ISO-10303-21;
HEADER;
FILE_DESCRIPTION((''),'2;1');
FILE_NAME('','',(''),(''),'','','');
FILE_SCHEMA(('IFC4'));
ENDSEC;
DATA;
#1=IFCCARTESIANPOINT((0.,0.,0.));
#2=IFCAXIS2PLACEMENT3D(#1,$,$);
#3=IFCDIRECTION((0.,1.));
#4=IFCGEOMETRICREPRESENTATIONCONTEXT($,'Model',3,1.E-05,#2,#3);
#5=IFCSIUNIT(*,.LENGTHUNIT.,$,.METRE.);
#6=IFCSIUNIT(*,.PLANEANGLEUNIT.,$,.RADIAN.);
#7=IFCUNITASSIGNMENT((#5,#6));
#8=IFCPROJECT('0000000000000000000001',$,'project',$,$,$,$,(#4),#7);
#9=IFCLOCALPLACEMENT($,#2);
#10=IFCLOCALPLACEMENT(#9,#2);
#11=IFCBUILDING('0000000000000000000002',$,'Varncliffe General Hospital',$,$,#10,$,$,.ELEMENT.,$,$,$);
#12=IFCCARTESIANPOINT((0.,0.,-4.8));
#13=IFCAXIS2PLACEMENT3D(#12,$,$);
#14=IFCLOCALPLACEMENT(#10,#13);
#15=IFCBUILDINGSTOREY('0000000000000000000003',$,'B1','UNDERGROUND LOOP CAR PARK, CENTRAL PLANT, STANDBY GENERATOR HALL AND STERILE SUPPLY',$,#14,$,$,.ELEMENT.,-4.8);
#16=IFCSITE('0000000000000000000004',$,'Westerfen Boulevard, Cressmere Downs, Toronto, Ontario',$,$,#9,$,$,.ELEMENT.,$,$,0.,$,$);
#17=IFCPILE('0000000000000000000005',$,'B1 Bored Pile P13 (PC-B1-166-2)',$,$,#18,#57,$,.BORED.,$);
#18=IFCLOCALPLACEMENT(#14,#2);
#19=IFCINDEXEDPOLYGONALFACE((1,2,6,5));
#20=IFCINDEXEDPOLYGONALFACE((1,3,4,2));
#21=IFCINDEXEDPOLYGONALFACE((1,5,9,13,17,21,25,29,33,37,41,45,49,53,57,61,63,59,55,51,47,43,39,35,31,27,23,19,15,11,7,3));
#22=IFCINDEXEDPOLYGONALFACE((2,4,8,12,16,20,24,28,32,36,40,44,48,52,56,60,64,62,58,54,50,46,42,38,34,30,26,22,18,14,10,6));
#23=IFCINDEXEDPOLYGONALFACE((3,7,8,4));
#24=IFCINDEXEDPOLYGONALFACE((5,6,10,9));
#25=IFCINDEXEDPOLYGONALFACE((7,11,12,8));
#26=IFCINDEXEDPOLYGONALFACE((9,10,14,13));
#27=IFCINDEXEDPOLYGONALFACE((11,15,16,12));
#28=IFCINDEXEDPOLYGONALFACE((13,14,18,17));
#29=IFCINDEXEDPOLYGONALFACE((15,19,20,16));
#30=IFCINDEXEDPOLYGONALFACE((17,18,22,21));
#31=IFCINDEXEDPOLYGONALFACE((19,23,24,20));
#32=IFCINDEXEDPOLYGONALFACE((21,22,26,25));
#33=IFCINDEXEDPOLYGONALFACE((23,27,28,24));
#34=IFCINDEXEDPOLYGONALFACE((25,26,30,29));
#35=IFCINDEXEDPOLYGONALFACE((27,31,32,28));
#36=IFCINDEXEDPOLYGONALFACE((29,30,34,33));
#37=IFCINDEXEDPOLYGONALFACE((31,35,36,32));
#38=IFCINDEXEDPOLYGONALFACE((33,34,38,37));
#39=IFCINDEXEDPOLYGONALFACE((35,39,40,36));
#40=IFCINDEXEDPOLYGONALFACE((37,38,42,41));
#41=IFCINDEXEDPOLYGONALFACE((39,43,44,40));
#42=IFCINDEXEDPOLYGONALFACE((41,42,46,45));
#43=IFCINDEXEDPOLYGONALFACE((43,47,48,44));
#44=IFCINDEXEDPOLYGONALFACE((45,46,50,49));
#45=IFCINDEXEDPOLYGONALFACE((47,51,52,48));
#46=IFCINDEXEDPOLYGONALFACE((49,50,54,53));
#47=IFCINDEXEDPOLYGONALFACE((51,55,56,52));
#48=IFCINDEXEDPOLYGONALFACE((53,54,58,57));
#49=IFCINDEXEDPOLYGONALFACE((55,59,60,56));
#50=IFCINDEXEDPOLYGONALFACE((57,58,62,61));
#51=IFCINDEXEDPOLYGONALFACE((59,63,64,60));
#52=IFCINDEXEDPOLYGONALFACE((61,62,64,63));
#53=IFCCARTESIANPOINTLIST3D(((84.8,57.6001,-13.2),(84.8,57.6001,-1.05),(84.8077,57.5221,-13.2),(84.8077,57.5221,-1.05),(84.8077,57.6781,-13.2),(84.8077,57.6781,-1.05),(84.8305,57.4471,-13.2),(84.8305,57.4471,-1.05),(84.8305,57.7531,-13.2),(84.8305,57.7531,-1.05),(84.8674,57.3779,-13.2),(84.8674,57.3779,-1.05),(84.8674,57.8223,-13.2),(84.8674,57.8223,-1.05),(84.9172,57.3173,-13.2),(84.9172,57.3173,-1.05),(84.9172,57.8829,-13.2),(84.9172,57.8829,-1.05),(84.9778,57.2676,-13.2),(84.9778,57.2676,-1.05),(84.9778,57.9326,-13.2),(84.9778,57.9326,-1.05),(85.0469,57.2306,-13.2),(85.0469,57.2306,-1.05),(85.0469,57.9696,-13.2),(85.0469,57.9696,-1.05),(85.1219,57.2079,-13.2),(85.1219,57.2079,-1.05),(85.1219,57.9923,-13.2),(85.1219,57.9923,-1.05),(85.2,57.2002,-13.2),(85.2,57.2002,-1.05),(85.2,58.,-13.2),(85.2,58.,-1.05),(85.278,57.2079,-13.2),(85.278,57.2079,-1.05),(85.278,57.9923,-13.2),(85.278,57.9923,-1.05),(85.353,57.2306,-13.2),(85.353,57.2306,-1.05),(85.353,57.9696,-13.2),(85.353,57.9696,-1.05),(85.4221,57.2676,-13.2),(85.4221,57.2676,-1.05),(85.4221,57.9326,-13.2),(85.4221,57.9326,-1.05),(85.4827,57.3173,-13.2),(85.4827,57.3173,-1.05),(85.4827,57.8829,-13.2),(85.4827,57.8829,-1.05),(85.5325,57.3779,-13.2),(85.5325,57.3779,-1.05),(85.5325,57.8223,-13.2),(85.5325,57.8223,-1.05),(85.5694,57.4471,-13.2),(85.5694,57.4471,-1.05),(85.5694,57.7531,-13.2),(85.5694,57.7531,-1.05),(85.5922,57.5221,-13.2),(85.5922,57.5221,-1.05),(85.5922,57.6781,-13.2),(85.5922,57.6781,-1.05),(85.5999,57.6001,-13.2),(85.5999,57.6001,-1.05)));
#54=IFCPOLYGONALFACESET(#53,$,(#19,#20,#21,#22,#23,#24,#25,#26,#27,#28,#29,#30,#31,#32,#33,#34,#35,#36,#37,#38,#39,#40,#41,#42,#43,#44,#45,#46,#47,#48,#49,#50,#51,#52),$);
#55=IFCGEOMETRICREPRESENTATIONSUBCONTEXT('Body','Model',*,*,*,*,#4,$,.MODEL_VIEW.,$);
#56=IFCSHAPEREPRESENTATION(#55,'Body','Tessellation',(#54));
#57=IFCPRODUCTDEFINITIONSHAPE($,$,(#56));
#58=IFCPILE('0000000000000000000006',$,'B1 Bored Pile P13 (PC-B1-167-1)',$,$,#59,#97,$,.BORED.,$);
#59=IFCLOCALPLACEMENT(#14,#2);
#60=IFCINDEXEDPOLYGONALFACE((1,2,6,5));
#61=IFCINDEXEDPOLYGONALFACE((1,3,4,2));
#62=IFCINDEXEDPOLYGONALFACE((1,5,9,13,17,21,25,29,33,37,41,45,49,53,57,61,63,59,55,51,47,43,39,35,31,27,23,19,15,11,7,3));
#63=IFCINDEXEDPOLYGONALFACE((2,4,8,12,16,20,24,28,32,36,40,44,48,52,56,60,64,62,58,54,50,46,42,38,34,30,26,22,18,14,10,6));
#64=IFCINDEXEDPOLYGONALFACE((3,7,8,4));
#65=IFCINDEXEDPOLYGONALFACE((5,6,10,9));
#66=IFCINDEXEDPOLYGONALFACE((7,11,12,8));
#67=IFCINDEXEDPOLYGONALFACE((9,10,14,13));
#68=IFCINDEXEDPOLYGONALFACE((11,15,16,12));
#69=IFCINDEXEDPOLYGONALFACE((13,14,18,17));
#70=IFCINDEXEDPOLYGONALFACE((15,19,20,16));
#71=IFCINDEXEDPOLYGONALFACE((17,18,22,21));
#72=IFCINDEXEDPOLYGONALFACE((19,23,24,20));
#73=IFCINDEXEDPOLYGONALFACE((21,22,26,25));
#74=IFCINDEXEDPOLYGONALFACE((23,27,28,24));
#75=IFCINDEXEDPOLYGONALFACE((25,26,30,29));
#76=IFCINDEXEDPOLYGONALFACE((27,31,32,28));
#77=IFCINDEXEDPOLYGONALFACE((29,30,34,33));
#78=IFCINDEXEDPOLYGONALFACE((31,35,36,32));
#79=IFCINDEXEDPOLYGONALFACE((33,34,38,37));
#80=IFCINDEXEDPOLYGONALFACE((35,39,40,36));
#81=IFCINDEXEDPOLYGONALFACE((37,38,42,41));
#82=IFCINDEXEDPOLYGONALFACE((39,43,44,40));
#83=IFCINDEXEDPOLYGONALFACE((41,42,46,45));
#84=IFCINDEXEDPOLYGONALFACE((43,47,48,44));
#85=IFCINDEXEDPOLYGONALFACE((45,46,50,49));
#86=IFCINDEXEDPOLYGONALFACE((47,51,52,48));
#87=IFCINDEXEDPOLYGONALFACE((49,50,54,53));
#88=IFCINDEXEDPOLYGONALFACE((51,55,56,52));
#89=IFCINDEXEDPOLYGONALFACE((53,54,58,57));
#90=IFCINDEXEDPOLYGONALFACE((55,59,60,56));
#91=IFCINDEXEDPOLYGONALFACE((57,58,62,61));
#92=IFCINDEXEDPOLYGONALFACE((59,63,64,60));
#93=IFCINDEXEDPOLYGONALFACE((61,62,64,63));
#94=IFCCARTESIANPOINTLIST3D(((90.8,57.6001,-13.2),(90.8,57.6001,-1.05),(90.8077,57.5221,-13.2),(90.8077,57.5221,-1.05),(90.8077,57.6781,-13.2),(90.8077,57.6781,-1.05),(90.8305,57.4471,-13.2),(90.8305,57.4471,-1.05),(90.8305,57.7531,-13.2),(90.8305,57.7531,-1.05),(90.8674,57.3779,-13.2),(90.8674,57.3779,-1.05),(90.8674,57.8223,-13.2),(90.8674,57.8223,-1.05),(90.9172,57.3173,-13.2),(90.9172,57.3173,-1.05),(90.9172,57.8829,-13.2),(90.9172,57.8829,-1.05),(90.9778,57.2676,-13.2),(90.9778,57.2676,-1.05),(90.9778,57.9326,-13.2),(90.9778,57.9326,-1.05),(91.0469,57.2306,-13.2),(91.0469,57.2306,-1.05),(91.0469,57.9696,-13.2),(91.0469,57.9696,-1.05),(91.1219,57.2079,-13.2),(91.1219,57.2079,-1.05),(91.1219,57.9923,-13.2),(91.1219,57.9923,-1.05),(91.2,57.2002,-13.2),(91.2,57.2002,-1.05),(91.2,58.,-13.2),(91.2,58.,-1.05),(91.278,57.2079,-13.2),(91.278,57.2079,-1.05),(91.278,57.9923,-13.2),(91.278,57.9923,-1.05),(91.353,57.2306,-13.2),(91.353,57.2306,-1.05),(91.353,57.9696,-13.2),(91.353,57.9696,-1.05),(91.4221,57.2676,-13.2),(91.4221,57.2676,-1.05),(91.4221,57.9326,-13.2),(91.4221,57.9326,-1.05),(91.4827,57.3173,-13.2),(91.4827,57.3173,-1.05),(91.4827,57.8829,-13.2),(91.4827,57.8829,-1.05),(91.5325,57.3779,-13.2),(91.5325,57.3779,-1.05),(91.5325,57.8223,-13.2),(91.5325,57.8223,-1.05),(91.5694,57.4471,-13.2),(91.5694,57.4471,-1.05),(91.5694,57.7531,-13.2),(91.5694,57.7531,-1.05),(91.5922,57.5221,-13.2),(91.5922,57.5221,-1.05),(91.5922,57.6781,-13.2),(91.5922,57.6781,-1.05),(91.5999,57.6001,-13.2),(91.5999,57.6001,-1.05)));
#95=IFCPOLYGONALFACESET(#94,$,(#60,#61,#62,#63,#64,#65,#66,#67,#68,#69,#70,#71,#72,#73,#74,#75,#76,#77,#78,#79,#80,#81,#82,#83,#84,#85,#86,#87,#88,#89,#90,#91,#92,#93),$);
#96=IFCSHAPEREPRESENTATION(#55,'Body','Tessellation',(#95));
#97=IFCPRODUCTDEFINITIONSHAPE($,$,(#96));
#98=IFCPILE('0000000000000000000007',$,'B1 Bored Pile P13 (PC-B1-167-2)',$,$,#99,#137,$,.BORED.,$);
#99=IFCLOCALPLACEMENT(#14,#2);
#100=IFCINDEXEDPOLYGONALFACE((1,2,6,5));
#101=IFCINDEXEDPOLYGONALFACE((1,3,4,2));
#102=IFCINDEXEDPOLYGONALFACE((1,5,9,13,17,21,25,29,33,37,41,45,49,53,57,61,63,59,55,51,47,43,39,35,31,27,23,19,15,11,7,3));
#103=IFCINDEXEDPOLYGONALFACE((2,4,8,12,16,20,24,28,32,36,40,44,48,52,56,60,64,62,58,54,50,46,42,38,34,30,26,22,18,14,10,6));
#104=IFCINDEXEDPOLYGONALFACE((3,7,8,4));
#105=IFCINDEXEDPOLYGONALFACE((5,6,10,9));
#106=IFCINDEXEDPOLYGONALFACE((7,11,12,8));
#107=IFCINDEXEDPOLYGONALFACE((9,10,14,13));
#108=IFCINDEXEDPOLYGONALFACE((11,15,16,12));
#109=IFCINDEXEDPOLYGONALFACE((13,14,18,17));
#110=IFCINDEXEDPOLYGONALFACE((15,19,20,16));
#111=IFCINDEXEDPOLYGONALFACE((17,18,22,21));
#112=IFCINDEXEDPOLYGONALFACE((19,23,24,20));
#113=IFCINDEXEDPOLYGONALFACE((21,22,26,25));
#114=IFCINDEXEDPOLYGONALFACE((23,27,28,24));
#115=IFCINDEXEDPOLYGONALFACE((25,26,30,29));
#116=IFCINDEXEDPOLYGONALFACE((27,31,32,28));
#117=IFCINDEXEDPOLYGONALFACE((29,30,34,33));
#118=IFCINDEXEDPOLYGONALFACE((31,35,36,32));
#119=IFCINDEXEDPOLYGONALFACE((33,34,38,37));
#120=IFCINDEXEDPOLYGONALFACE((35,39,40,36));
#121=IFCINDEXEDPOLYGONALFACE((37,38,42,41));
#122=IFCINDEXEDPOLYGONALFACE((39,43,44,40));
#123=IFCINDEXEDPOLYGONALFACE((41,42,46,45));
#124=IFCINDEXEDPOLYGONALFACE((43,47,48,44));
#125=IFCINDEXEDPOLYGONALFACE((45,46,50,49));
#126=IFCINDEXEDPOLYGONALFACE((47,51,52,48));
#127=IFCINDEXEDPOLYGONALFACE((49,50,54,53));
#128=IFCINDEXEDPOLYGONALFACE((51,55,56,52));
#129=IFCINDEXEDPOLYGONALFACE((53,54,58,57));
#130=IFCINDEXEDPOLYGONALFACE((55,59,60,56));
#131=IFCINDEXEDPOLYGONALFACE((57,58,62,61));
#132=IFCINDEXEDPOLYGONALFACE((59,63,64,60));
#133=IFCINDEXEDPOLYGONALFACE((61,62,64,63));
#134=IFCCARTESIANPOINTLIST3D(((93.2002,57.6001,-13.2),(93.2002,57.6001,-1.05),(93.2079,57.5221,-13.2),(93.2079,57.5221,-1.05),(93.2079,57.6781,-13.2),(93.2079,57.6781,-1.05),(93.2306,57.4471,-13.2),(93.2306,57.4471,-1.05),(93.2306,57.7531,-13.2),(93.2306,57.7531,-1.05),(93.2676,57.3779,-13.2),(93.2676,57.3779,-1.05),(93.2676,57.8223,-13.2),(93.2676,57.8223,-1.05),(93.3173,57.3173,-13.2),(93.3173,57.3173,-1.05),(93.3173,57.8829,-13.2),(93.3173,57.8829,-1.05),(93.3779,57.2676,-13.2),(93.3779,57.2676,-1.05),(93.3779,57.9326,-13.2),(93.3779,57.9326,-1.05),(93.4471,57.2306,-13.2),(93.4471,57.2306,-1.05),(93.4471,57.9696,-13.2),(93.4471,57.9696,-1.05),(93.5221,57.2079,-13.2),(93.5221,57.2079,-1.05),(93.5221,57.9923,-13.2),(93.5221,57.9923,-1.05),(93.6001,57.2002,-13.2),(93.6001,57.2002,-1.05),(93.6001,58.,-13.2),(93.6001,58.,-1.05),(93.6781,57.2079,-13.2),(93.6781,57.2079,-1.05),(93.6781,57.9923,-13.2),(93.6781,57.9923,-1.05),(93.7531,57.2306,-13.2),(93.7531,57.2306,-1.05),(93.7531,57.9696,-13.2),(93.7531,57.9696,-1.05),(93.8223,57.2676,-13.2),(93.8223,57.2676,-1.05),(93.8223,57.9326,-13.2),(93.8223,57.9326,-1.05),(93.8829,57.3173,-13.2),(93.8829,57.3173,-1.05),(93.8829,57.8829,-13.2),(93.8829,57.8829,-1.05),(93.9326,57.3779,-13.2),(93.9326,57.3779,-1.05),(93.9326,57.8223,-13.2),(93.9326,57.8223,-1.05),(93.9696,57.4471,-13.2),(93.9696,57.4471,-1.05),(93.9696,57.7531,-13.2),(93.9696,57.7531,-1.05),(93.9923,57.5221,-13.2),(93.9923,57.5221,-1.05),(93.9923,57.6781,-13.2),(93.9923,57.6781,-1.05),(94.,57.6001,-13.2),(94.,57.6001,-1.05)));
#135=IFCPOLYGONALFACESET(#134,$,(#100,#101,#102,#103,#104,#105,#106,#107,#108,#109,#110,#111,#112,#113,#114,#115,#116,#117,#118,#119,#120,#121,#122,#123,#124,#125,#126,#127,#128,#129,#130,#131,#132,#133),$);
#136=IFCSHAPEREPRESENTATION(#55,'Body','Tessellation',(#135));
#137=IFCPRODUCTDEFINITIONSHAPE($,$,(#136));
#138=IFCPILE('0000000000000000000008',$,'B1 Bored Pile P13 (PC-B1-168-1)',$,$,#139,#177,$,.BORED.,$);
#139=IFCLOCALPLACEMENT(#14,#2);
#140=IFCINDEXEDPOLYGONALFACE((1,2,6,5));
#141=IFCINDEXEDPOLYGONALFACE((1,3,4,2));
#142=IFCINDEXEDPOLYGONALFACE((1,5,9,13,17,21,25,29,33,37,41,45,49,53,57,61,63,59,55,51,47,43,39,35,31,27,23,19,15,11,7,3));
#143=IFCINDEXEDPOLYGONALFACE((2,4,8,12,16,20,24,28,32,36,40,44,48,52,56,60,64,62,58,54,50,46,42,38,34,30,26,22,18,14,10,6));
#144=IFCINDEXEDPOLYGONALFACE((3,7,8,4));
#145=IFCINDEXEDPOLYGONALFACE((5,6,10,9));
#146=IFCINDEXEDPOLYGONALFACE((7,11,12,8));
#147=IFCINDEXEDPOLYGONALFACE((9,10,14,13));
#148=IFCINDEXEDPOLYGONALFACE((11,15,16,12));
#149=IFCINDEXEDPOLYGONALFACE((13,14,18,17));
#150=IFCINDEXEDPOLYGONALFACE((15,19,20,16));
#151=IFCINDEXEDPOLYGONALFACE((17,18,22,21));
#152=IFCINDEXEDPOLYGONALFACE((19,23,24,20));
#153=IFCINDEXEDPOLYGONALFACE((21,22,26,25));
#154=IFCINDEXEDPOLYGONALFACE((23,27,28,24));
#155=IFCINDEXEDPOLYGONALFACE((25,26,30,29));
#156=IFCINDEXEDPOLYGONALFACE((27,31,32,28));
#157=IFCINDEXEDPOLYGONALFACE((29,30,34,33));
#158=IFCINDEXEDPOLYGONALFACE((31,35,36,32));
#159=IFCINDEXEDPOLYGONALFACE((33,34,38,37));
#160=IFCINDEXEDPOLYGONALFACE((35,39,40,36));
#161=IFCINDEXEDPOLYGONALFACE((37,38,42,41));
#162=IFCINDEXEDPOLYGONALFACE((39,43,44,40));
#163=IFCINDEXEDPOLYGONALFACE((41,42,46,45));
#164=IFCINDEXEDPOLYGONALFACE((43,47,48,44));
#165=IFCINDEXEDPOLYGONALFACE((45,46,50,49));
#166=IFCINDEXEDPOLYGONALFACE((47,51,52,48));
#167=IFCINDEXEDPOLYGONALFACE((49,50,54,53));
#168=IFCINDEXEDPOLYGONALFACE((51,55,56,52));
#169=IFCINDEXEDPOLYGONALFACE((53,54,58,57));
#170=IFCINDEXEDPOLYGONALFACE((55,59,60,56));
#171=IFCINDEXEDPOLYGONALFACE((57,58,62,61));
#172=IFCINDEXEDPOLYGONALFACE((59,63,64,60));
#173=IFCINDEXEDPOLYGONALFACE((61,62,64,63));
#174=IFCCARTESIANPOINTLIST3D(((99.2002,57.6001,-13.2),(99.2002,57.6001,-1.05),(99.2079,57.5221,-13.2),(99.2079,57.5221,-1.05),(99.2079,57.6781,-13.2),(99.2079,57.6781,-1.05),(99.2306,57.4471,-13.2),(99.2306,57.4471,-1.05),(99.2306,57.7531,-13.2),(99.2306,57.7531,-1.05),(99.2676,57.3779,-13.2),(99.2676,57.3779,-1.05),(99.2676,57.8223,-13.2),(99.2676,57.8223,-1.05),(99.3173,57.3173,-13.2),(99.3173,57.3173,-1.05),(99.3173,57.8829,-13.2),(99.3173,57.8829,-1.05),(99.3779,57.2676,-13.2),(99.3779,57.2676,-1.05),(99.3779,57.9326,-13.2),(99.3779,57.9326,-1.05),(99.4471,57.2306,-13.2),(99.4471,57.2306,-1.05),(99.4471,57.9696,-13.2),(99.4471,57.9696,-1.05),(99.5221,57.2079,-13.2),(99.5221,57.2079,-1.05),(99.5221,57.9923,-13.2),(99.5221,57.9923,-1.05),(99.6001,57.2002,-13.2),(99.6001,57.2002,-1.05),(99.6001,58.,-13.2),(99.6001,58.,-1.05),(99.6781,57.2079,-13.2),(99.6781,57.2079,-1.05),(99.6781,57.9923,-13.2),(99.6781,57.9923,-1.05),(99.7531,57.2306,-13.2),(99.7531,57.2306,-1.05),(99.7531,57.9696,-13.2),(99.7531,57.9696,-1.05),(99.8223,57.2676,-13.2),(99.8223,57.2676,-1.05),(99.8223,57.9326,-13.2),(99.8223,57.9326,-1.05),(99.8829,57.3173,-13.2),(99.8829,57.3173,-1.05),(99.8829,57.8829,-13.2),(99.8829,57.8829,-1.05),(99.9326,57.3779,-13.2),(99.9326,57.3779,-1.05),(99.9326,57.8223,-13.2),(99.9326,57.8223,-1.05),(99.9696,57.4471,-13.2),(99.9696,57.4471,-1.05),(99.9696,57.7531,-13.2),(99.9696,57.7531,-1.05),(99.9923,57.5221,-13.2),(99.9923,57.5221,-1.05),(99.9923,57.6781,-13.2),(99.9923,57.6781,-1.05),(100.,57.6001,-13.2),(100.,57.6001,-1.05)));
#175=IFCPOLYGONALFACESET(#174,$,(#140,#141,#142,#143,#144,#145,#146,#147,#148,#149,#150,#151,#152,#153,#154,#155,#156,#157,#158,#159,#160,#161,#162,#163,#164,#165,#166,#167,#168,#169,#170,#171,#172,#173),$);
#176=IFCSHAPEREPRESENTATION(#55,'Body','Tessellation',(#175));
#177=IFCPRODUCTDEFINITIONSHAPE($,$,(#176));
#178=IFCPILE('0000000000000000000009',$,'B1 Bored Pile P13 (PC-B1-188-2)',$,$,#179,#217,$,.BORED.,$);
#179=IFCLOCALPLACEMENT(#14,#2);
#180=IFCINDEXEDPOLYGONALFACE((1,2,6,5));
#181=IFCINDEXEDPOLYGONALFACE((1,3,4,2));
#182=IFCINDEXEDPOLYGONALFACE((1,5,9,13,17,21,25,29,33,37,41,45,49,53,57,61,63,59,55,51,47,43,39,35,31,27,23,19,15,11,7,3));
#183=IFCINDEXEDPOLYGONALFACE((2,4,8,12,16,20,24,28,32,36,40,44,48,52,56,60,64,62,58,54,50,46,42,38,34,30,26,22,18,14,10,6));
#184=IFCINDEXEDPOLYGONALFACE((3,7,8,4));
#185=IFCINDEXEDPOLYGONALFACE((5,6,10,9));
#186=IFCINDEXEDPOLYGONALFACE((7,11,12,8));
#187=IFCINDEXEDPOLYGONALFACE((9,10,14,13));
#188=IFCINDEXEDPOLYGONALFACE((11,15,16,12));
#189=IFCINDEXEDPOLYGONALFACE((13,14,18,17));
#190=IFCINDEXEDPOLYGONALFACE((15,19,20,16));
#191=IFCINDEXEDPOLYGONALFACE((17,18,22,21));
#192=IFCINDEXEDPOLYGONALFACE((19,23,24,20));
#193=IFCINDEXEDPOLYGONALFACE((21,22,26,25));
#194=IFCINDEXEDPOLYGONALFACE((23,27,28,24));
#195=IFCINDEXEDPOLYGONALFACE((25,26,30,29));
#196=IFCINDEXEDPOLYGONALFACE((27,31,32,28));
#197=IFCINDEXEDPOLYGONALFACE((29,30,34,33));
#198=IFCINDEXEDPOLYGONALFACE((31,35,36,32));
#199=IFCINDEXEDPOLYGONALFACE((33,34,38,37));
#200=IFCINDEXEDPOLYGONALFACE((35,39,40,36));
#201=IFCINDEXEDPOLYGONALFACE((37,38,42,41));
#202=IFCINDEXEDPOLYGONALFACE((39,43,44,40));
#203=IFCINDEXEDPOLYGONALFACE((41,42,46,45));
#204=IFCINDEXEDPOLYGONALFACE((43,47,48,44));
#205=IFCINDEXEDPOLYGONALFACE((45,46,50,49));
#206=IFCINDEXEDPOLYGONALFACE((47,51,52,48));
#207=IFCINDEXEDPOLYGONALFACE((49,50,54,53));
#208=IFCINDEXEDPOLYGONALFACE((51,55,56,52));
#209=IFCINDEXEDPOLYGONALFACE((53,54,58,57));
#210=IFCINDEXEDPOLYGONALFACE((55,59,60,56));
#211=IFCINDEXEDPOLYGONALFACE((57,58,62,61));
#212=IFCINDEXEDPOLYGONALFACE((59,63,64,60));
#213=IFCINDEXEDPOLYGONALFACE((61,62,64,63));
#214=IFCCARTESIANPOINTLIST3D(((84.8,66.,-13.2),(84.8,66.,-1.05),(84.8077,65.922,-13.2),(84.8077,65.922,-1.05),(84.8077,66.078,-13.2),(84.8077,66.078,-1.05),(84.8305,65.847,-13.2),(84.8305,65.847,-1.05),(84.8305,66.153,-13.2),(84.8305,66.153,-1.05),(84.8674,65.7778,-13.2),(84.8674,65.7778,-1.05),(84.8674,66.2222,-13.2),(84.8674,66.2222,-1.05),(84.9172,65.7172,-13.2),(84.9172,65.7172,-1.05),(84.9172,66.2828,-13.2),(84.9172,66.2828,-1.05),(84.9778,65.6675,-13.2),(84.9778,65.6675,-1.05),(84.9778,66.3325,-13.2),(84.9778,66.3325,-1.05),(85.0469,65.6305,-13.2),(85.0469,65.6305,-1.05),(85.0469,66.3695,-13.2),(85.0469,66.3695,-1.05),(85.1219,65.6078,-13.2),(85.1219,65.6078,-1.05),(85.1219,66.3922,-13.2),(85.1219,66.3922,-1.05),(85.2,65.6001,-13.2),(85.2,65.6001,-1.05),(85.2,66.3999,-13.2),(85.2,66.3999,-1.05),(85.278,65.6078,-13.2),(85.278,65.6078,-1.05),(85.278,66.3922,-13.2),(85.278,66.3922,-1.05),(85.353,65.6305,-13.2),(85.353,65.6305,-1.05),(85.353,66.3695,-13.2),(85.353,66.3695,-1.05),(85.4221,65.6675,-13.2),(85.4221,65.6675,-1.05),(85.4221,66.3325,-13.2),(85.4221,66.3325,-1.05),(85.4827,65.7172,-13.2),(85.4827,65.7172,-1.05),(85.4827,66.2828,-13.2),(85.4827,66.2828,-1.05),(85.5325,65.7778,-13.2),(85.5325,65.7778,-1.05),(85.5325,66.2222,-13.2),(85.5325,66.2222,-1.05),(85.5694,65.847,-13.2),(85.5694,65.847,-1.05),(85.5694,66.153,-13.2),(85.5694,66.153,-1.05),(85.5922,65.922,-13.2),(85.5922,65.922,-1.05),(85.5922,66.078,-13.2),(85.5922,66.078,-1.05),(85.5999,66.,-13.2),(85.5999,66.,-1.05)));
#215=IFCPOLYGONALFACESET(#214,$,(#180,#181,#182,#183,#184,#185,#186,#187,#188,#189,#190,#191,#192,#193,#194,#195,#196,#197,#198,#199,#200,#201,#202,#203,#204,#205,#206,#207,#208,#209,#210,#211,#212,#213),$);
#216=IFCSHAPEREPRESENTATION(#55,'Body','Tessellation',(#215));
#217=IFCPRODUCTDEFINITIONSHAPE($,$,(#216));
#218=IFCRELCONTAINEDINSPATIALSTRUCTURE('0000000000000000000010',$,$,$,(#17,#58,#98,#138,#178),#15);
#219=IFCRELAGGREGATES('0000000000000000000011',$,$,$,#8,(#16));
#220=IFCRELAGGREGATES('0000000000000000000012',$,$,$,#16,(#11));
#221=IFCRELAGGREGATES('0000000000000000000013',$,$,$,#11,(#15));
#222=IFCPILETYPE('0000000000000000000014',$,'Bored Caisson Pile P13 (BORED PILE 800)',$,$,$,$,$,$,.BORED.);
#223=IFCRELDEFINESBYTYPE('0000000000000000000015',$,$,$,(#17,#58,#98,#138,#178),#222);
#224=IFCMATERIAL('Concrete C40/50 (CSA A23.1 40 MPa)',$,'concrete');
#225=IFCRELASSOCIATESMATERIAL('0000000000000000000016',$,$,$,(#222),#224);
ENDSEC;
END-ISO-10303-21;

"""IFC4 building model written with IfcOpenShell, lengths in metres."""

from ifc_helpers import new_model, si_unit, direction, frame, origin, origin_2d, place, context, subcontext, project, spatial, circle, extrude, material, material_profile, profile_set, type_object, element, save


model = new_model("IFC4")

# Units and contexts
model_context = context("Model", 3, precision=1e-05, world=origin(), true_north=direction((0.0, 1.0)))
body_context = subcontext(model_context, "Body", "Model", "MODEL_VIEW")
ifc_project = project(units=[si_unit("LENGTHUNIT", "METRE"), si_unit("PLANEANGLEUNIT", "RADIAN")], contexts=[model_context])

# Site, building, storey
site_placement = place(None, origin())
site = spatial("IfcSite", under=ifc_project, at=site_placement, Name="Westerfen Boulevard, Cressmere Downs, Toronto, Ontario", CompositionType="ELEMENT", RefElevation=0.0)
building_placement = place(site_placement, origin())
building = spatial("IfcBuilding", under=site, at=building_placement, Name="Varncliffe General Hospital", CompositionType="ELEMENT")
storey_placement = place(building_placement, frame((0.0, 0.0, -4.8)))
storey = spatial("IfcBuildingStorey", under=building, at=storey_placement, Name="B1", Description="UNDERGROUND LOOP CAR PARK, CENTRAL PLANT, STANDBY GENERATOR HALL AND STERILE SUPPLY", CompositionType="ELEMENT", Elevation=-4.8)

# Piles
ifc_material_1 = material(Name="Concrete C40/50 (CSA A23.1 40 MPa)", Category="concrete")
ifc_material_profile_1 = material_profile(ifc_material_1, circle(Radius=0.3999, at=origin_2d()), Name="BORED PILE 800")
ifc_profile_set_1 = profile_set([ifc_material_profile_1], Name="Concrete C40/50 (CSA A23.1 40 MPa)")
pile_type = type_object("IfcPileType", Name="Bored Caisson Pile P13 (BORED PILE 800)", PredefinedType="BORED", material=ifc_profile_set_1)
for number, where, z_axis, x_axis, name in (
    (1, (85.2, 57.6001, -1.05), (0.0, 0.0, -1.0), (1.0, 0.0, 0.0), "B1 Bored Pile P13 (PC-B1-166-2)"),
    (2, (91.2, 57.6001, -1.05), (0.0, 0.0, -1.0), (1.0, 0.0, 0.0), "B1 Bored Pile P13 (PC-B1-167-1)"),
    (3, (93.6001, 57.6001, -1.05), (0.0, 0.0, -1.0), (1.0, 0.0, 0.0), "B1 Bored Pile P13 (PC-B1-167-2)"),
    (4, (99.6001, 57.6001, -1.05), (0.0, 0.0, -1.0), (1.0, 0.0, 0.0), "B1 Bored Pile P13 (PC-B1-168-1)"),
    (5, (85.2, 66.0, -1.05), (0.0, 0.0, -1.0), (1.0, 0.0, 0.0), "B1 Bored Pile P13 (PC-B1-188-2)"),
):
    element("IfcPile", number, at=place(storey_placement, frame(where, z_axis=z_axis, x_axis=x_axis)), inside=storey, type_object=pile_type, Name=name, PredefinedType="BORED", context=body_context, shape_type="SweptSolid", body=[
        extrude(circle(Radius=0.3999, at=origin_2d()), origin(), (0.0, 0.0, 1.0), 12.1499),
    ])

save(model, "model.ifc")
